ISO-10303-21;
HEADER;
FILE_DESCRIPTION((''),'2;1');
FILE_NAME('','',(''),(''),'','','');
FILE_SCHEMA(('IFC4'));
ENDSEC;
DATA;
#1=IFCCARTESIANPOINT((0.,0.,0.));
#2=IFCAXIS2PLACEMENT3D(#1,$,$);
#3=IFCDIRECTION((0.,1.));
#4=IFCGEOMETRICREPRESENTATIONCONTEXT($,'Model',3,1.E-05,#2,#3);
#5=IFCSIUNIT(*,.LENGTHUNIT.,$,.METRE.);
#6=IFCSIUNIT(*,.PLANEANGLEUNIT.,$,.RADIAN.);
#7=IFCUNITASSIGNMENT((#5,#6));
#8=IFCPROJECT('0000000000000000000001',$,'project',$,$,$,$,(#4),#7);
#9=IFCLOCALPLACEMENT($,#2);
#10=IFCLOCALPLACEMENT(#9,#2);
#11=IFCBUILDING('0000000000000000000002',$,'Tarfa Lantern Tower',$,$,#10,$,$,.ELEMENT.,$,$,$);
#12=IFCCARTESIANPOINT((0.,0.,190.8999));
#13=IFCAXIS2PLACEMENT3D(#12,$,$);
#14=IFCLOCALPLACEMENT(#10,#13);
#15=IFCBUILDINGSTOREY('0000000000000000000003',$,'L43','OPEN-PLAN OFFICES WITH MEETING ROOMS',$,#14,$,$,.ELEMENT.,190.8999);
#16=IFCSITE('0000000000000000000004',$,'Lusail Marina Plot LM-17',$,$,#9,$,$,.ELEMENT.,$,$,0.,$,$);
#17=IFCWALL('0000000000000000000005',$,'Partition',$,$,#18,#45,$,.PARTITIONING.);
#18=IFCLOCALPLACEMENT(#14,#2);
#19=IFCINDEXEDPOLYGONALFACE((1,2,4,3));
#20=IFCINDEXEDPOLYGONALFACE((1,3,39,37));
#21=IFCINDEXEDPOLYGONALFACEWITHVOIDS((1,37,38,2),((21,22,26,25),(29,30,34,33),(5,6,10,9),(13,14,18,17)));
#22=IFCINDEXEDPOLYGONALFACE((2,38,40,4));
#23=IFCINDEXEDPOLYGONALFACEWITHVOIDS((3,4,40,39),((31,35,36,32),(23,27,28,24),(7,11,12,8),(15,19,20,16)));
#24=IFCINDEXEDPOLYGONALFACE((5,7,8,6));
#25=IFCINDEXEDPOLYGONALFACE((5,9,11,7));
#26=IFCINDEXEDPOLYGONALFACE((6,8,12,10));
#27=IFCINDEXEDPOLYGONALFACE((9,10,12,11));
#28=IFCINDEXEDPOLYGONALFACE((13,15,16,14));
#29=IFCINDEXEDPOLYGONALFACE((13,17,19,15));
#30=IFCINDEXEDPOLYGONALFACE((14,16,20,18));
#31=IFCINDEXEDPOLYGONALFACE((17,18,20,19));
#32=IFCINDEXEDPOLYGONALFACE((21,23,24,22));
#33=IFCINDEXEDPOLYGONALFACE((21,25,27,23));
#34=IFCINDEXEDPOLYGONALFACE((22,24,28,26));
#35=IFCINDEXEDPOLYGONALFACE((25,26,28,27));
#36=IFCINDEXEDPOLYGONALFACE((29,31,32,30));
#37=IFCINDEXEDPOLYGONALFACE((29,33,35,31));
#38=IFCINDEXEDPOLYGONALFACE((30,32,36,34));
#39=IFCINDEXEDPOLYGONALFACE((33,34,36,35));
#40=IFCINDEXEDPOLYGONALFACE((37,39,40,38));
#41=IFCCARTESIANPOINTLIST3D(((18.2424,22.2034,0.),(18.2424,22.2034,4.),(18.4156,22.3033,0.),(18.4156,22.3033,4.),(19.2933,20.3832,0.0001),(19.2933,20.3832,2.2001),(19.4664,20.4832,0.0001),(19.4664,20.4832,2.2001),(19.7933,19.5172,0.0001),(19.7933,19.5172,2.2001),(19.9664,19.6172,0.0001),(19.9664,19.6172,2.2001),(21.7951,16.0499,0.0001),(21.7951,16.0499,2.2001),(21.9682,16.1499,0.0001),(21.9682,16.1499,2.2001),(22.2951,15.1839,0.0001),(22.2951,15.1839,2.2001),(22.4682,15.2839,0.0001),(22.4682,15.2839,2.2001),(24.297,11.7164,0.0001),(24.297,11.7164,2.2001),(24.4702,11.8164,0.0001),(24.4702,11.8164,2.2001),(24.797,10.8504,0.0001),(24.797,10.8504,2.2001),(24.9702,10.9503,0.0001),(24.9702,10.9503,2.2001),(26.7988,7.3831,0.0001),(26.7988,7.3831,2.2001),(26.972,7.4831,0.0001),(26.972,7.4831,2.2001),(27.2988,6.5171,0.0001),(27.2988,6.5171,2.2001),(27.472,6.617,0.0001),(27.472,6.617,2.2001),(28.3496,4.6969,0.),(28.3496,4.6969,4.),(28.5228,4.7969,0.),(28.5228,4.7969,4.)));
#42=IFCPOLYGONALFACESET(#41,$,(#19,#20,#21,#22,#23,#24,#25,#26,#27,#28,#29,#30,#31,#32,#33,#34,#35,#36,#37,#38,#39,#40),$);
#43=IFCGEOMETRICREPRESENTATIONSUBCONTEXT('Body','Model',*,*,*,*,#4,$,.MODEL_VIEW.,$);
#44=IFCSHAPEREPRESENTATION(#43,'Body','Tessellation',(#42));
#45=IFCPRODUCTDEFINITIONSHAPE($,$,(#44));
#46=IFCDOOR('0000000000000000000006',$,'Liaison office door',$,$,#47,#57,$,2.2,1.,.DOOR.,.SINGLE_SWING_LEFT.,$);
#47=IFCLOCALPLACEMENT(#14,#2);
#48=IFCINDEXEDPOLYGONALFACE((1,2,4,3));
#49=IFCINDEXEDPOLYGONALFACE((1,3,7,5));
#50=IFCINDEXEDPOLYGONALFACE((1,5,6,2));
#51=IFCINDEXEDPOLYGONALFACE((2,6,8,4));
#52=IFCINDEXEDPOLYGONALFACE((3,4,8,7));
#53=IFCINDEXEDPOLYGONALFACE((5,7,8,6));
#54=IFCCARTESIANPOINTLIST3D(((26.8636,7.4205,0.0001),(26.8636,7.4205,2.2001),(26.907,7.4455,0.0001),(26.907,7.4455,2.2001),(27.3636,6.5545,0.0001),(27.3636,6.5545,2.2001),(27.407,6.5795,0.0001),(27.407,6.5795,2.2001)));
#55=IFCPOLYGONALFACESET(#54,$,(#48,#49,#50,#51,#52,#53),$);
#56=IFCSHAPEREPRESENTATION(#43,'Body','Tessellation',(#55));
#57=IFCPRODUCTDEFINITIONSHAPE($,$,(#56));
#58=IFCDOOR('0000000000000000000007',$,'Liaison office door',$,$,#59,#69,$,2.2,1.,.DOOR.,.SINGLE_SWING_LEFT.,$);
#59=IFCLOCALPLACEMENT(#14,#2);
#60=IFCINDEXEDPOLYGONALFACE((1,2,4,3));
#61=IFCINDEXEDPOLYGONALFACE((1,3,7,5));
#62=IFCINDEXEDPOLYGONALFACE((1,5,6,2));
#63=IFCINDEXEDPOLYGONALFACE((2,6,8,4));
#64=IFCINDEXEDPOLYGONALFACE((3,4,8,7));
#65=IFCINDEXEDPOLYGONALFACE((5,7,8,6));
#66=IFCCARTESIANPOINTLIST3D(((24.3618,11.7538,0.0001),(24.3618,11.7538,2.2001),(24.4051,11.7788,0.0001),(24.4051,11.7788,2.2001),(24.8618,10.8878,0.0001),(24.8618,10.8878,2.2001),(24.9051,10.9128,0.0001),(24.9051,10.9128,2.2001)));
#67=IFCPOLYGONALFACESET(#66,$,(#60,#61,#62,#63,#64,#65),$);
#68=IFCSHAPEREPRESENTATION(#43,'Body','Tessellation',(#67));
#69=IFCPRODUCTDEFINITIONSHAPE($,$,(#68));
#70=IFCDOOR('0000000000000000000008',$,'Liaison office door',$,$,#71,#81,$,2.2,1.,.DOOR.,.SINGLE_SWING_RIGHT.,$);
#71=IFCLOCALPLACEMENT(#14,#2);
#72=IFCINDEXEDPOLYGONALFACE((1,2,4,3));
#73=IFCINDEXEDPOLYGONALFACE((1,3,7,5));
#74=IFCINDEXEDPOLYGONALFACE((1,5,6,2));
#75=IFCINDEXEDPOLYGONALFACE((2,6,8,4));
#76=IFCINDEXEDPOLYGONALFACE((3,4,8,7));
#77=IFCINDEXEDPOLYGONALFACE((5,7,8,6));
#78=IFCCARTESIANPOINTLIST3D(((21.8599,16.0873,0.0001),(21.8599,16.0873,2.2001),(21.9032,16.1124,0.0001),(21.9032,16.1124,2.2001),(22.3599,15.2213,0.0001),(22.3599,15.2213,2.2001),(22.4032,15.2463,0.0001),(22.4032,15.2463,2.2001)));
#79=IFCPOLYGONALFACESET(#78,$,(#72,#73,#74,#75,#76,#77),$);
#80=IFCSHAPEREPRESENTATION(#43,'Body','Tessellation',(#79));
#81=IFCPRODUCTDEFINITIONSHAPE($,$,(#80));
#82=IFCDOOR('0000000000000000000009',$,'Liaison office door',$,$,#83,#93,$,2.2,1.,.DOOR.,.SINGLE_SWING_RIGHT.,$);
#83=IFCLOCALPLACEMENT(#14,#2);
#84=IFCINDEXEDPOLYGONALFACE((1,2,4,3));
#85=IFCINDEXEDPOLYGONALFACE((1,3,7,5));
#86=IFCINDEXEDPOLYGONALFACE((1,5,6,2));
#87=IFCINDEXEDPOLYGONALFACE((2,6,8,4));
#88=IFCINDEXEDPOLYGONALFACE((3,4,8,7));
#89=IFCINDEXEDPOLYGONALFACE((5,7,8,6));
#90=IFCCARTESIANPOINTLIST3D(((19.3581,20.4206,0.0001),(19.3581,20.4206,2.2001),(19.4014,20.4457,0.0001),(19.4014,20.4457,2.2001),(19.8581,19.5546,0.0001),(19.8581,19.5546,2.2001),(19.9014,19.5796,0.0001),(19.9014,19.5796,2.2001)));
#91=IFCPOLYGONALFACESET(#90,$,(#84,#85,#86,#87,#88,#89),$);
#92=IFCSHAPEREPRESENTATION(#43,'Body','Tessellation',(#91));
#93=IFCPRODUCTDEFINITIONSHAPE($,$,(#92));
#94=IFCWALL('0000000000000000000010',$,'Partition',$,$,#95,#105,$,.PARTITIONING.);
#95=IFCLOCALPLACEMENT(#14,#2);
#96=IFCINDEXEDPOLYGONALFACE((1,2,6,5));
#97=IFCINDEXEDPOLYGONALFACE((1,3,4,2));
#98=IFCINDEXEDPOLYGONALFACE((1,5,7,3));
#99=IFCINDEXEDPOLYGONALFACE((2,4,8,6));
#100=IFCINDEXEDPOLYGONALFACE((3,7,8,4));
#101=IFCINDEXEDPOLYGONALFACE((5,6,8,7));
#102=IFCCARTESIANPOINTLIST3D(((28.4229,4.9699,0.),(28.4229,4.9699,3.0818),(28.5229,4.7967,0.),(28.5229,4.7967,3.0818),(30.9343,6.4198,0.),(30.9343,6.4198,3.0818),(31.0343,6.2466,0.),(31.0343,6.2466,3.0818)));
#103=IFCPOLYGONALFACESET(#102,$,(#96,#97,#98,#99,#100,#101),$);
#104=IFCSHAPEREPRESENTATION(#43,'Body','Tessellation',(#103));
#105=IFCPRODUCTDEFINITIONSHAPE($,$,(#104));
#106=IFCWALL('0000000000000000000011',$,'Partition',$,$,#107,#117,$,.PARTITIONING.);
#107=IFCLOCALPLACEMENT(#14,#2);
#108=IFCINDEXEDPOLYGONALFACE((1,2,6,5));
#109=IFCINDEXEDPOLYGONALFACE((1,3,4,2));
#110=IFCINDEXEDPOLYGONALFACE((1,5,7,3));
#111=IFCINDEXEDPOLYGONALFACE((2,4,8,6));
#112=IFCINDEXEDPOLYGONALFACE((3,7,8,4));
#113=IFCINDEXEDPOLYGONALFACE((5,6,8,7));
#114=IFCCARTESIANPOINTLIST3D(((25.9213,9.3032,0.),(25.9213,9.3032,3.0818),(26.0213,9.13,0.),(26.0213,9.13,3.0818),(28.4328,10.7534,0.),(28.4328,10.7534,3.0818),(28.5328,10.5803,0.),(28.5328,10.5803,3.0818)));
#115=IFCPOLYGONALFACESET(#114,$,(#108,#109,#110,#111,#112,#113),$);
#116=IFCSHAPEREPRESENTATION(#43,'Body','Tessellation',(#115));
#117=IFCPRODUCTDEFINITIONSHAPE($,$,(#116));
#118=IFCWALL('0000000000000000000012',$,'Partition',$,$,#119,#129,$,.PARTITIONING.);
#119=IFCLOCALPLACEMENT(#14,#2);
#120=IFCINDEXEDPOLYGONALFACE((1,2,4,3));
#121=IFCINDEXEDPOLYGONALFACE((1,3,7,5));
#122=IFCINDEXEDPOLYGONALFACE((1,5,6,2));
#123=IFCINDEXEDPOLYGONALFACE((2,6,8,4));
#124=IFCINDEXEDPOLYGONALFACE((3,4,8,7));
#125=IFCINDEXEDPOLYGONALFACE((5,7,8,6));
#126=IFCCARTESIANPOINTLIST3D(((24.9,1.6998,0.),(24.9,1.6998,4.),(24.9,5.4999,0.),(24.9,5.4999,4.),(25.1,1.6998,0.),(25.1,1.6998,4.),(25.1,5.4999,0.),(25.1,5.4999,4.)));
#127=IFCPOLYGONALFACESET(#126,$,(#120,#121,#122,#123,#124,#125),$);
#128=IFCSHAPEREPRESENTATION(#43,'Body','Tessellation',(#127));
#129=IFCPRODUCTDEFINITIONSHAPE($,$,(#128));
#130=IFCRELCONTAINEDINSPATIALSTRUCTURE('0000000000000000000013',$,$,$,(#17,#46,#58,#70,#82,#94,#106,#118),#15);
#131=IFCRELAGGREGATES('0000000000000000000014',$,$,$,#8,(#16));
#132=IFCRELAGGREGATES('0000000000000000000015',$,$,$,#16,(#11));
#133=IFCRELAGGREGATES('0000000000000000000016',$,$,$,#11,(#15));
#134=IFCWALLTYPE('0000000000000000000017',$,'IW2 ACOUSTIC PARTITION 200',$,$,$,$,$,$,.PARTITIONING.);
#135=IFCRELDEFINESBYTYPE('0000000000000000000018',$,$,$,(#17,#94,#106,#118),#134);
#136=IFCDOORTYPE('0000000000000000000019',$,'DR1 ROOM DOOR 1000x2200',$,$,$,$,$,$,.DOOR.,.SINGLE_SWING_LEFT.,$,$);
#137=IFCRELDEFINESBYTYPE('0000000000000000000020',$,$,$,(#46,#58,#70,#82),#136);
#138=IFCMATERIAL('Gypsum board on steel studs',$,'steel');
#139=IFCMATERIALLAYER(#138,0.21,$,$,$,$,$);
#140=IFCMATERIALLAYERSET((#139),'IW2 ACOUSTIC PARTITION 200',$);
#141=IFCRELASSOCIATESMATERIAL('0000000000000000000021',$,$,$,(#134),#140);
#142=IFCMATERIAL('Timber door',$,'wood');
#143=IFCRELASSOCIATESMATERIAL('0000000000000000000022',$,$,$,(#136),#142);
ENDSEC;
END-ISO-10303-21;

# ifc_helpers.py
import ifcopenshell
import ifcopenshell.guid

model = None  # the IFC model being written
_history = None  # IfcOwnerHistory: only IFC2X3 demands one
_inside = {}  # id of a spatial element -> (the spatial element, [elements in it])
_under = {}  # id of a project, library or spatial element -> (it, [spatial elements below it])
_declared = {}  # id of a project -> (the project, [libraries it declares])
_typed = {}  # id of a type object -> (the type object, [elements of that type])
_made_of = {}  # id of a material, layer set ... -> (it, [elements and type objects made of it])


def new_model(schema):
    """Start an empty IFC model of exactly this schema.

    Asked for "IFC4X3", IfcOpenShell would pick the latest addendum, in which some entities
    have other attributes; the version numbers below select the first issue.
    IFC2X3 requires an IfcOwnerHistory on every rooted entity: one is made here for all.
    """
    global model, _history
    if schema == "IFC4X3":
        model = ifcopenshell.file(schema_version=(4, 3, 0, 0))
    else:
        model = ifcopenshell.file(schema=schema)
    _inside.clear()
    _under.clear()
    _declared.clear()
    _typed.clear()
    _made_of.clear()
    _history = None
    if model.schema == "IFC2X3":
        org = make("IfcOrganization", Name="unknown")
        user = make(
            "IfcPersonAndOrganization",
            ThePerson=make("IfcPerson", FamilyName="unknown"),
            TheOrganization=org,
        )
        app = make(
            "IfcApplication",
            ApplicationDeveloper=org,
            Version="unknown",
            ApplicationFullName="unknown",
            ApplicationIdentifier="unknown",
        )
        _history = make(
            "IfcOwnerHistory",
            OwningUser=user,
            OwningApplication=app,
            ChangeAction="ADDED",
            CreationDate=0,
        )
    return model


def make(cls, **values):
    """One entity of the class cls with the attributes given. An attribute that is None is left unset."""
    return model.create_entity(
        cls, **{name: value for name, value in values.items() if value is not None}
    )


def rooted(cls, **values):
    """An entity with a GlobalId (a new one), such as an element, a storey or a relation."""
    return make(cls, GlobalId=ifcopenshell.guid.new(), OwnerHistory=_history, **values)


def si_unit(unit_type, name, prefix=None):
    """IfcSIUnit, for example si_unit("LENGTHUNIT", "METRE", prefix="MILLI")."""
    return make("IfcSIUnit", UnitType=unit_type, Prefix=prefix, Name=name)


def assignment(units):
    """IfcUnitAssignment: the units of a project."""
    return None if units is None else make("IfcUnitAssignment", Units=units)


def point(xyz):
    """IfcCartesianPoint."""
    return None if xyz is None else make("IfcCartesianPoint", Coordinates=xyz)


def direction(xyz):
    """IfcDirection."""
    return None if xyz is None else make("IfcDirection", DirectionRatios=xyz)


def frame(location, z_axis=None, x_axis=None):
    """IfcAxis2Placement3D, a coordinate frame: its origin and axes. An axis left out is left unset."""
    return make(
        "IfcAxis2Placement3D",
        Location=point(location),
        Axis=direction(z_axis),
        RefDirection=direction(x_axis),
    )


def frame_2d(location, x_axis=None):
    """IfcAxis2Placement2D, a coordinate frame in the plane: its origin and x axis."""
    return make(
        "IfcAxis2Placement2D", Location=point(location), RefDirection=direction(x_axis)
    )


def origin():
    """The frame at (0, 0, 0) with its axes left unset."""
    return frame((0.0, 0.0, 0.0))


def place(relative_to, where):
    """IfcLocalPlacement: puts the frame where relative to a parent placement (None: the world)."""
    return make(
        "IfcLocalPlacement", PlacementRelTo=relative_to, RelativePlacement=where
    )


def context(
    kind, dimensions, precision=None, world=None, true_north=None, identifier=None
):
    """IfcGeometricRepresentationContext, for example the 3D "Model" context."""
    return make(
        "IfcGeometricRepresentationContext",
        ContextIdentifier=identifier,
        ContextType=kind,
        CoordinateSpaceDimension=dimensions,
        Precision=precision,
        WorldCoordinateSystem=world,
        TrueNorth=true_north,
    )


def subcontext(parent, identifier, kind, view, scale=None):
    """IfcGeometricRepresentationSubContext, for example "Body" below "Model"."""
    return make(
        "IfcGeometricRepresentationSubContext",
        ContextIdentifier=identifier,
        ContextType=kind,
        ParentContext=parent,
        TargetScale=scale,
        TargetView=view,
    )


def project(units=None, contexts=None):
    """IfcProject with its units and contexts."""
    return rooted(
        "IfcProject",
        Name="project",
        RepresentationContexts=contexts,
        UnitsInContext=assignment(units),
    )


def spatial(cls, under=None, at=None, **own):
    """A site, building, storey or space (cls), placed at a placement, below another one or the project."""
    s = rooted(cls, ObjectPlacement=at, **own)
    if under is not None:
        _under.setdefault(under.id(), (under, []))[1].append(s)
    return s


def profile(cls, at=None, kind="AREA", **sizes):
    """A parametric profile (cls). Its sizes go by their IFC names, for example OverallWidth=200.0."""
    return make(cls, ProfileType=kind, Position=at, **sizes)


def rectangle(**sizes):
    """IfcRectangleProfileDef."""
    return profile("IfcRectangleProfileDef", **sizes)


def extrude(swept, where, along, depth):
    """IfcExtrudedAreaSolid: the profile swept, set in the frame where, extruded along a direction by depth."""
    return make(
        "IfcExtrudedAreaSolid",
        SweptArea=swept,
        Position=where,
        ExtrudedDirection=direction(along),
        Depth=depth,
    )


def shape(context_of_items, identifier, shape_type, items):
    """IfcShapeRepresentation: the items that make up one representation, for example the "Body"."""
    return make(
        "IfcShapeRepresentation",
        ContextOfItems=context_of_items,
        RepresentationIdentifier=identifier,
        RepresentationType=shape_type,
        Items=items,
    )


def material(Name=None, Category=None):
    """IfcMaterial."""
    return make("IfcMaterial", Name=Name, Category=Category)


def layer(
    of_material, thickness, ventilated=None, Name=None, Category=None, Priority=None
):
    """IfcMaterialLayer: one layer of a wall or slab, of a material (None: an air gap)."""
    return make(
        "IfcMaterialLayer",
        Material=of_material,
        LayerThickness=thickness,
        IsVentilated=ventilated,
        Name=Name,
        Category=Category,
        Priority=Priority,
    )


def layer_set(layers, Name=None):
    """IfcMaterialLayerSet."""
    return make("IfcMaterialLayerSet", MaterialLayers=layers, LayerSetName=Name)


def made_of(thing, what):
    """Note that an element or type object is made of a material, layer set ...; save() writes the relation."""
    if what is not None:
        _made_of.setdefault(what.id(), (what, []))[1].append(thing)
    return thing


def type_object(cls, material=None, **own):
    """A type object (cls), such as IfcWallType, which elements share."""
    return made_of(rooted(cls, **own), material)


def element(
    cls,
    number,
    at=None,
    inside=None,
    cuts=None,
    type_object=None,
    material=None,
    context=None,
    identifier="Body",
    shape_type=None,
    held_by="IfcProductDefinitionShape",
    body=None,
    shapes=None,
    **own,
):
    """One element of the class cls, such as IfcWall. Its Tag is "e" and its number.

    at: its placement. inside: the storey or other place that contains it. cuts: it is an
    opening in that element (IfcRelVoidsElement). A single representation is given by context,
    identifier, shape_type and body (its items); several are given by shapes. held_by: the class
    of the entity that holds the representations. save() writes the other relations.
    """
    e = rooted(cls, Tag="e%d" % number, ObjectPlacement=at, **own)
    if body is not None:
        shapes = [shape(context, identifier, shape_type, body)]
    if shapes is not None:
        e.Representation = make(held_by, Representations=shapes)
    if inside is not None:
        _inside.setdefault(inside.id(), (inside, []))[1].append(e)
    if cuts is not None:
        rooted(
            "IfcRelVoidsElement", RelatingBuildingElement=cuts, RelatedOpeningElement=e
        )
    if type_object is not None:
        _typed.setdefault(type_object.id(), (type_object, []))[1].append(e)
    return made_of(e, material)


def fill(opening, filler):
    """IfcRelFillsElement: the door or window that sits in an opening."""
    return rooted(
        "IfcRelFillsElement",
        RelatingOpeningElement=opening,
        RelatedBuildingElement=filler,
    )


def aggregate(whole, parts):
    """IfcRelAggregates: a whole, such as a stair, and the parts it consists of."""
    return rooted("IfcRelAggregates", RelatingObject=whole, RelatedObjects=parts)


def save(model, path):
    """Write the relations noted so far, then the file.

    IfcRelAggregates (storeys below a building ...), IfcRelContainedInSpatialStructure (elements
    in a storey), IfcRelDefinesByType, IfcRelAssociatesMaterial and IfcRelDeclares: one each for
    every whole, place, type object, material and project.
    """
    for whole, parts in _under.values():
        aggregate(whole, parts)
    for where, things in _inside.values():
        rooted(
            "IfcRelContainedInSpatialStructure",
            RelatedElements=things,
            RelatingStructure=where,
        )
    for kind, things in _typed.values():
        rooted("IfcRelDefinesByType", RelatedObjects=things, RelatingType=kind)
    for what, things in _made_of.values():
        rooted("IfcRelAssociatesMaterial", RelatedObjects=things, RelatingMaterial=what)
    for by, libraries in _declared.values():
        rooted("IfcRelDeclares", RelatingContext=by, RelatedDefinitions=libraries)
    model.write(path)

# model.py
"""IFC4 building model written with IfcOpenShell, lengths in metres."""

from ifc_helpers import new_model, si_unit, direction, frame, frame_2d, origin, place, context, subcontext, project, spatial, rectangle, extrude, material, layer, layer_set, type_object, element, fill, save


model = new_model("IFC4")

# Units and contexts
model_context = context("Model", 3, precision=1e-05, world=origin(), true_north=direction((0.0, 1.0)))
body_context = subcontext(model_context, "Body", "Model", "MODEL_VIEW")
ifc_project = project(units=[si_unit("LENGTHUNIT", "METRE"), si_unit("PLANEANGLEUNIT", "RADIAN")], contexts=[model_context])

# Site, building, storey
site_placement = place(None, origin())
site = spatial("IfcSite", under=ifc_project, at=site_placement, Name="Lusail Marina Plot LM-17", CompositionType="ELEMENT", RefElevation=0.0)
building_placement = place(site_placement, origin())
building = spatial("IfcBuilding", under=site, at=building_placement, Name="Tarfa Lantern Tower", CompositionType="ELEMENT")
storey_placement = place(building_placement, frame((0.0, 0.0, 190.8999)))
storey = spatial("IfcBuildingStorey", under=building, at=storey_placement, Name="L43", Description="OPEN-PLAN OFFICES WITH MEETING ROOMS", CompositionType="ELEMENT", Elevation=190.8999)

# Wall, openings, doors
ifc_material_1 = material(Name="Gypsum board on steel studs", Category="steel")
ifc_layer_1 = layer(ifc_material_1, 0.21)
ifc_layer_set_1 = layer_set([ifc_layer_1], Name="IW2 ACOUSTIC PARTITION 200")
wall_type = type_object("IfcWallType", Name="IW2 ACOUSTIC PARTITION 200", PredefinedType="PARTITIONING", material=ifc_layer_set_1)
wall_1_placement = place(storey_placement, frame((28.4363, 4.7468, 0.0), z_axis=(0.0, 0.0, 1.0), x_axis=(-0.499996, 0.866028, 0.0)))
wall_1 = element("IfcWall", 1, at=wall_1_placement, inside=storey, type_object=wall_type, Name="Partition", PredefinedType="PARTITIONING", context=body_context, shape_type="SweptSolid", body=[
    extrude(rectangle(XDim=20.2146, YDim=0.2, at=frame_2d((10.1074, 0.0))), origin(), (0.0, 0.0, 1.0), 4.0),
])
opening_1_placement = place(wall_1_placement, frame((2.1018, 0.0, 0.0)))
opening_1 = element("IfcOpeningElement", 2, at=opening_1_placement, cuts=wall_1, PredefinedType="OPENING", context=body_context, shape_type="SweptSolid", body=[
    extrude(rectangle(XDim=1.0, YDim=2.2, at=frame_2d((0.5, 1.1001))), frame((0.0, 0.1099, 0.0), z_axis=(0.0, -1.0, 0.0), x_axis=(1.0, 0.0, 0.0)), (0.0, 0.0, 1.0), 0.22),
])
opening_2_placement = place(wall_1_placement, frame((7.1055, 0.0, 0.0)))
opening_2 = element("IfcOpeningElement", 3, at=opening_2_placement, cuts=wall_1, PredefinedType="OPENING", context=body_context, shape_type="SweptSolid", body=[
    extrude(rectangle(XDim=1.0, YDim=2.2, at=frame_2d((0.5, 1.1001))), frame((0.0, 0.1099, 0.0), z_axis=(0.0, -1.0, 0.0), x_axis=(1.0, 0.0, 0.0)), (0.0, 0.0, 1.0), 0.22),
])
opening_3_placement = place(wall_1_placement, frame((12.1094, 0.0, 0.0)))
opening_3 = element("IfcOpeningElement", 4, at=opening_3_placement, cuts=wall_1, PredefinedType="OPENING", context=body_context, shape_type="SweptSolid", body=[
    extrude(rectangle(XDim=1.0, YDim=2.2, at=frame_2d((0.5, 1.1001))), frame((0.0, 0.1099, 0.0), z_axis=(0.0, -1.0, 0.0), x_axis=(1.0, 0.0, 0.0)), (0.0, 0.0, 1.0), 0.22),
])
opening_4_placement = place(wall_1_placement, frame((17.113, 0.0, 0.0)))
opening_4 = element("IfcOpeningElement", 5, at=opening_4_placement, cuts=wall_1, PredefinedType="OPENING", context=body_context, shape_type="SweptSolid", body=[
    extrude(rectangle(XDim=1.0, YDim=2.2, at=frame_2d((0.5, 1.1001))), frame((0.0, 0.1099, 0.0), z_axis=(0.0, -1.0, 0.0), x_axis=(1.0, 0.0, 0.0)), (0.0, 0.0, 1.0), 0.22),
])
ifc_material_2 = material(Name="Timber door", Category="wood")
door_type = type_object("IfcDoorType", Name="DR1 ROOM DOOR 1000x2200", OperationType="SINGLE_SWING_LEFT", PredefinedType="DOOR", material=ifc_material_2)
door_1_placement = place(opening_1_placement, frame((1.0, 0.0, 0.0), z_axis=(0.0, 0.0, 1.0), x_axis=(-1.0, 0.0, 0.0)))
door_1 = element("IfcDoor", 6, at=door_1_placement, inside=storey, type_object=door_type, Name="Liaison office door", OperationType="SINGLE_SWING_LEFT", OverallHeight=2.2, OverallWidth=1.0, PredefinedType="DOOR", context=body_context, shape_type="SweptSolid", body=[
    extrude(rectangle(XDim=1.0, YDim=2.2, at=frame_2d((0.5, 1.1001))), frame((0.0, 0.0249, 0.0), z_axis=(0.0, -1.0, 0.0), x_axis=(1.0, 0.0, 0.0)), (0.0, 0.0, 1.0), 0.05),
])
fill(opening_1, door_1)
door_2_placement = place(opening_2_placement, frame((1.0, 0.0, 0.0), z_axis=(0.0, 0.0, 1.0), x_axis=(-1.0, 0.0, 0.0)))
door_2 = element("IfcDoor", 7, at=door_2_placement, inside=storey, type_object=door_type, Name="Liaison office door", OperationType="SINGLE_SWING_LEFT", OverallHeight=2.2, OverallWidth=1.0, PredefinedType="DOOR", context=body_context, shape_type="SweptSolid", body=[
    extrude(rectangle(XDim=1.0, YDim=2.2, at=frame_2d((0.5, 1.1001))), frame((0.0, 0.0249, 0.0), z_axis=(0.0, -1.0, 0.0), x_axis=(1.0, 0.0, 0.0)), (0.0, 0.0, 1.0), 0.05),
])
fill(opening_2, door_2)
door_3_placement = place(opening_3_placement, frame((1.0, 0.0, 0.0), z_axis=(0.0, 0.0, 1.0), x_axis=(-1.0, 0.0, 0.0)))
door_3 = element("IfcDoor", 8, at=door_3_placement, inside=storey, type_object=door_type, Name="Liaison office door", OperationType="SINGLE_SWING_RIGHT", OverallHeight=2.2, OverallWidth=1.0, PredefinedType="DOOR", context=body_context, shape_type="SweptSolid", body=[
    extrude(rectangle(XDim=1.0, YDim=2.2, at=frame_2d((0.5, 1.1001))), frame((0.0, 0.0249, 0.0), z_axis=(0.0, -1.0, 0.0), x_axis=(1.0, 0.0, 0.0)), (0.0, 0.0, 1.0), 0.05),
])
fill(opening_3, door_3)
door_4_placement = place(opening_4_placement, frame((1.0, 0.0, 0.0), z_axis=(0.0, 0.0, 1.0), x_axis=(-1.0, 0.0, 0.0)))
door_4 = element("IfcDoor", 9, at=door_4_placement, inside=storey, type_object=door_type, Name="Liaison office door", OperationType="SINGLE_SWING_RIGHT", OverallHeight=2.2, OverallWidth=1.0, PredefinedType="DOOR", context=body_context, shape_type="SweptSolid", body=[
    extrude(rectangle(XDim=1.0, YDim=2.2, at=frame_2d((0.5, 1.1001))), frame((0.0, 0.0249, 0.0), z_axis=(0.0, -1.0, 0.0), x_axis=(1.0, 0.0, 0.0)), (0.0, 0.0, 1.0), 0.05),
])
fill(opening_4, door_4)

# Walls
wall_2_placement = place(storey_placement, frame((28.4729, 4.8833, 0.0), z_axis=(0.0, 0.0, 1.0), x_axis=(0.866033, 0.499987, 0.0)))
element("IfcWall", 10, at=wall_2_placement, inside=storey, type_object=wall_type, Name="Partition", PredefinedType="PARTITIONING", context=body_context, shape_type="SweptSolid", body=[
    extrude(rectangle(XDim=2.8999, YDim=0.2, at=frame_2d((1.45, 0.0))), origin(), (0.0, 0.0, 1.0), 3.0818),
])
wall_3_placement = place(storey_placement, frame((25.9712, 9.2166, 0.0), z_axis=(0.0, 0.0, 1.0), x_axis=(0.865996, 0.50005, 0.0)))
element("IfcWall", 11, at=wall_3_placement, inside=storey, type_object=wall_type, Name="Partition", PredefinedType="PARTITIONING", context=body_context, shape_type="SweptSolid", body=[
    extrude(rectangle(XDim=2.9001, YDim=0.2, at=frame_2d((1.4502, 0.0))), origin(), (0.0, 0.0, 1.0), 3.0818),
])
wall_4_placement = place(storey_placement, frame((25.0, 1.7, 0.0), z_axis=(0.0, 0.0, 1.0), x_axis=(0.0, 1.0, 0.0)))
element("IfcWall", 12, at=wall_4_placement, inside=storey, type_object=wall_type, Name="Partition", PredefinedType="PARTITIONING", context=body_context, shape_type="SweptSolid", body=[
    extrude(rectangle(XDim=3.8, YDim=0.2, at=frame_2d((1.8999, 0.0))), origin(), (0.0, 0.0, 1.0), 4.0),
])

save(model, "model.ifc")
